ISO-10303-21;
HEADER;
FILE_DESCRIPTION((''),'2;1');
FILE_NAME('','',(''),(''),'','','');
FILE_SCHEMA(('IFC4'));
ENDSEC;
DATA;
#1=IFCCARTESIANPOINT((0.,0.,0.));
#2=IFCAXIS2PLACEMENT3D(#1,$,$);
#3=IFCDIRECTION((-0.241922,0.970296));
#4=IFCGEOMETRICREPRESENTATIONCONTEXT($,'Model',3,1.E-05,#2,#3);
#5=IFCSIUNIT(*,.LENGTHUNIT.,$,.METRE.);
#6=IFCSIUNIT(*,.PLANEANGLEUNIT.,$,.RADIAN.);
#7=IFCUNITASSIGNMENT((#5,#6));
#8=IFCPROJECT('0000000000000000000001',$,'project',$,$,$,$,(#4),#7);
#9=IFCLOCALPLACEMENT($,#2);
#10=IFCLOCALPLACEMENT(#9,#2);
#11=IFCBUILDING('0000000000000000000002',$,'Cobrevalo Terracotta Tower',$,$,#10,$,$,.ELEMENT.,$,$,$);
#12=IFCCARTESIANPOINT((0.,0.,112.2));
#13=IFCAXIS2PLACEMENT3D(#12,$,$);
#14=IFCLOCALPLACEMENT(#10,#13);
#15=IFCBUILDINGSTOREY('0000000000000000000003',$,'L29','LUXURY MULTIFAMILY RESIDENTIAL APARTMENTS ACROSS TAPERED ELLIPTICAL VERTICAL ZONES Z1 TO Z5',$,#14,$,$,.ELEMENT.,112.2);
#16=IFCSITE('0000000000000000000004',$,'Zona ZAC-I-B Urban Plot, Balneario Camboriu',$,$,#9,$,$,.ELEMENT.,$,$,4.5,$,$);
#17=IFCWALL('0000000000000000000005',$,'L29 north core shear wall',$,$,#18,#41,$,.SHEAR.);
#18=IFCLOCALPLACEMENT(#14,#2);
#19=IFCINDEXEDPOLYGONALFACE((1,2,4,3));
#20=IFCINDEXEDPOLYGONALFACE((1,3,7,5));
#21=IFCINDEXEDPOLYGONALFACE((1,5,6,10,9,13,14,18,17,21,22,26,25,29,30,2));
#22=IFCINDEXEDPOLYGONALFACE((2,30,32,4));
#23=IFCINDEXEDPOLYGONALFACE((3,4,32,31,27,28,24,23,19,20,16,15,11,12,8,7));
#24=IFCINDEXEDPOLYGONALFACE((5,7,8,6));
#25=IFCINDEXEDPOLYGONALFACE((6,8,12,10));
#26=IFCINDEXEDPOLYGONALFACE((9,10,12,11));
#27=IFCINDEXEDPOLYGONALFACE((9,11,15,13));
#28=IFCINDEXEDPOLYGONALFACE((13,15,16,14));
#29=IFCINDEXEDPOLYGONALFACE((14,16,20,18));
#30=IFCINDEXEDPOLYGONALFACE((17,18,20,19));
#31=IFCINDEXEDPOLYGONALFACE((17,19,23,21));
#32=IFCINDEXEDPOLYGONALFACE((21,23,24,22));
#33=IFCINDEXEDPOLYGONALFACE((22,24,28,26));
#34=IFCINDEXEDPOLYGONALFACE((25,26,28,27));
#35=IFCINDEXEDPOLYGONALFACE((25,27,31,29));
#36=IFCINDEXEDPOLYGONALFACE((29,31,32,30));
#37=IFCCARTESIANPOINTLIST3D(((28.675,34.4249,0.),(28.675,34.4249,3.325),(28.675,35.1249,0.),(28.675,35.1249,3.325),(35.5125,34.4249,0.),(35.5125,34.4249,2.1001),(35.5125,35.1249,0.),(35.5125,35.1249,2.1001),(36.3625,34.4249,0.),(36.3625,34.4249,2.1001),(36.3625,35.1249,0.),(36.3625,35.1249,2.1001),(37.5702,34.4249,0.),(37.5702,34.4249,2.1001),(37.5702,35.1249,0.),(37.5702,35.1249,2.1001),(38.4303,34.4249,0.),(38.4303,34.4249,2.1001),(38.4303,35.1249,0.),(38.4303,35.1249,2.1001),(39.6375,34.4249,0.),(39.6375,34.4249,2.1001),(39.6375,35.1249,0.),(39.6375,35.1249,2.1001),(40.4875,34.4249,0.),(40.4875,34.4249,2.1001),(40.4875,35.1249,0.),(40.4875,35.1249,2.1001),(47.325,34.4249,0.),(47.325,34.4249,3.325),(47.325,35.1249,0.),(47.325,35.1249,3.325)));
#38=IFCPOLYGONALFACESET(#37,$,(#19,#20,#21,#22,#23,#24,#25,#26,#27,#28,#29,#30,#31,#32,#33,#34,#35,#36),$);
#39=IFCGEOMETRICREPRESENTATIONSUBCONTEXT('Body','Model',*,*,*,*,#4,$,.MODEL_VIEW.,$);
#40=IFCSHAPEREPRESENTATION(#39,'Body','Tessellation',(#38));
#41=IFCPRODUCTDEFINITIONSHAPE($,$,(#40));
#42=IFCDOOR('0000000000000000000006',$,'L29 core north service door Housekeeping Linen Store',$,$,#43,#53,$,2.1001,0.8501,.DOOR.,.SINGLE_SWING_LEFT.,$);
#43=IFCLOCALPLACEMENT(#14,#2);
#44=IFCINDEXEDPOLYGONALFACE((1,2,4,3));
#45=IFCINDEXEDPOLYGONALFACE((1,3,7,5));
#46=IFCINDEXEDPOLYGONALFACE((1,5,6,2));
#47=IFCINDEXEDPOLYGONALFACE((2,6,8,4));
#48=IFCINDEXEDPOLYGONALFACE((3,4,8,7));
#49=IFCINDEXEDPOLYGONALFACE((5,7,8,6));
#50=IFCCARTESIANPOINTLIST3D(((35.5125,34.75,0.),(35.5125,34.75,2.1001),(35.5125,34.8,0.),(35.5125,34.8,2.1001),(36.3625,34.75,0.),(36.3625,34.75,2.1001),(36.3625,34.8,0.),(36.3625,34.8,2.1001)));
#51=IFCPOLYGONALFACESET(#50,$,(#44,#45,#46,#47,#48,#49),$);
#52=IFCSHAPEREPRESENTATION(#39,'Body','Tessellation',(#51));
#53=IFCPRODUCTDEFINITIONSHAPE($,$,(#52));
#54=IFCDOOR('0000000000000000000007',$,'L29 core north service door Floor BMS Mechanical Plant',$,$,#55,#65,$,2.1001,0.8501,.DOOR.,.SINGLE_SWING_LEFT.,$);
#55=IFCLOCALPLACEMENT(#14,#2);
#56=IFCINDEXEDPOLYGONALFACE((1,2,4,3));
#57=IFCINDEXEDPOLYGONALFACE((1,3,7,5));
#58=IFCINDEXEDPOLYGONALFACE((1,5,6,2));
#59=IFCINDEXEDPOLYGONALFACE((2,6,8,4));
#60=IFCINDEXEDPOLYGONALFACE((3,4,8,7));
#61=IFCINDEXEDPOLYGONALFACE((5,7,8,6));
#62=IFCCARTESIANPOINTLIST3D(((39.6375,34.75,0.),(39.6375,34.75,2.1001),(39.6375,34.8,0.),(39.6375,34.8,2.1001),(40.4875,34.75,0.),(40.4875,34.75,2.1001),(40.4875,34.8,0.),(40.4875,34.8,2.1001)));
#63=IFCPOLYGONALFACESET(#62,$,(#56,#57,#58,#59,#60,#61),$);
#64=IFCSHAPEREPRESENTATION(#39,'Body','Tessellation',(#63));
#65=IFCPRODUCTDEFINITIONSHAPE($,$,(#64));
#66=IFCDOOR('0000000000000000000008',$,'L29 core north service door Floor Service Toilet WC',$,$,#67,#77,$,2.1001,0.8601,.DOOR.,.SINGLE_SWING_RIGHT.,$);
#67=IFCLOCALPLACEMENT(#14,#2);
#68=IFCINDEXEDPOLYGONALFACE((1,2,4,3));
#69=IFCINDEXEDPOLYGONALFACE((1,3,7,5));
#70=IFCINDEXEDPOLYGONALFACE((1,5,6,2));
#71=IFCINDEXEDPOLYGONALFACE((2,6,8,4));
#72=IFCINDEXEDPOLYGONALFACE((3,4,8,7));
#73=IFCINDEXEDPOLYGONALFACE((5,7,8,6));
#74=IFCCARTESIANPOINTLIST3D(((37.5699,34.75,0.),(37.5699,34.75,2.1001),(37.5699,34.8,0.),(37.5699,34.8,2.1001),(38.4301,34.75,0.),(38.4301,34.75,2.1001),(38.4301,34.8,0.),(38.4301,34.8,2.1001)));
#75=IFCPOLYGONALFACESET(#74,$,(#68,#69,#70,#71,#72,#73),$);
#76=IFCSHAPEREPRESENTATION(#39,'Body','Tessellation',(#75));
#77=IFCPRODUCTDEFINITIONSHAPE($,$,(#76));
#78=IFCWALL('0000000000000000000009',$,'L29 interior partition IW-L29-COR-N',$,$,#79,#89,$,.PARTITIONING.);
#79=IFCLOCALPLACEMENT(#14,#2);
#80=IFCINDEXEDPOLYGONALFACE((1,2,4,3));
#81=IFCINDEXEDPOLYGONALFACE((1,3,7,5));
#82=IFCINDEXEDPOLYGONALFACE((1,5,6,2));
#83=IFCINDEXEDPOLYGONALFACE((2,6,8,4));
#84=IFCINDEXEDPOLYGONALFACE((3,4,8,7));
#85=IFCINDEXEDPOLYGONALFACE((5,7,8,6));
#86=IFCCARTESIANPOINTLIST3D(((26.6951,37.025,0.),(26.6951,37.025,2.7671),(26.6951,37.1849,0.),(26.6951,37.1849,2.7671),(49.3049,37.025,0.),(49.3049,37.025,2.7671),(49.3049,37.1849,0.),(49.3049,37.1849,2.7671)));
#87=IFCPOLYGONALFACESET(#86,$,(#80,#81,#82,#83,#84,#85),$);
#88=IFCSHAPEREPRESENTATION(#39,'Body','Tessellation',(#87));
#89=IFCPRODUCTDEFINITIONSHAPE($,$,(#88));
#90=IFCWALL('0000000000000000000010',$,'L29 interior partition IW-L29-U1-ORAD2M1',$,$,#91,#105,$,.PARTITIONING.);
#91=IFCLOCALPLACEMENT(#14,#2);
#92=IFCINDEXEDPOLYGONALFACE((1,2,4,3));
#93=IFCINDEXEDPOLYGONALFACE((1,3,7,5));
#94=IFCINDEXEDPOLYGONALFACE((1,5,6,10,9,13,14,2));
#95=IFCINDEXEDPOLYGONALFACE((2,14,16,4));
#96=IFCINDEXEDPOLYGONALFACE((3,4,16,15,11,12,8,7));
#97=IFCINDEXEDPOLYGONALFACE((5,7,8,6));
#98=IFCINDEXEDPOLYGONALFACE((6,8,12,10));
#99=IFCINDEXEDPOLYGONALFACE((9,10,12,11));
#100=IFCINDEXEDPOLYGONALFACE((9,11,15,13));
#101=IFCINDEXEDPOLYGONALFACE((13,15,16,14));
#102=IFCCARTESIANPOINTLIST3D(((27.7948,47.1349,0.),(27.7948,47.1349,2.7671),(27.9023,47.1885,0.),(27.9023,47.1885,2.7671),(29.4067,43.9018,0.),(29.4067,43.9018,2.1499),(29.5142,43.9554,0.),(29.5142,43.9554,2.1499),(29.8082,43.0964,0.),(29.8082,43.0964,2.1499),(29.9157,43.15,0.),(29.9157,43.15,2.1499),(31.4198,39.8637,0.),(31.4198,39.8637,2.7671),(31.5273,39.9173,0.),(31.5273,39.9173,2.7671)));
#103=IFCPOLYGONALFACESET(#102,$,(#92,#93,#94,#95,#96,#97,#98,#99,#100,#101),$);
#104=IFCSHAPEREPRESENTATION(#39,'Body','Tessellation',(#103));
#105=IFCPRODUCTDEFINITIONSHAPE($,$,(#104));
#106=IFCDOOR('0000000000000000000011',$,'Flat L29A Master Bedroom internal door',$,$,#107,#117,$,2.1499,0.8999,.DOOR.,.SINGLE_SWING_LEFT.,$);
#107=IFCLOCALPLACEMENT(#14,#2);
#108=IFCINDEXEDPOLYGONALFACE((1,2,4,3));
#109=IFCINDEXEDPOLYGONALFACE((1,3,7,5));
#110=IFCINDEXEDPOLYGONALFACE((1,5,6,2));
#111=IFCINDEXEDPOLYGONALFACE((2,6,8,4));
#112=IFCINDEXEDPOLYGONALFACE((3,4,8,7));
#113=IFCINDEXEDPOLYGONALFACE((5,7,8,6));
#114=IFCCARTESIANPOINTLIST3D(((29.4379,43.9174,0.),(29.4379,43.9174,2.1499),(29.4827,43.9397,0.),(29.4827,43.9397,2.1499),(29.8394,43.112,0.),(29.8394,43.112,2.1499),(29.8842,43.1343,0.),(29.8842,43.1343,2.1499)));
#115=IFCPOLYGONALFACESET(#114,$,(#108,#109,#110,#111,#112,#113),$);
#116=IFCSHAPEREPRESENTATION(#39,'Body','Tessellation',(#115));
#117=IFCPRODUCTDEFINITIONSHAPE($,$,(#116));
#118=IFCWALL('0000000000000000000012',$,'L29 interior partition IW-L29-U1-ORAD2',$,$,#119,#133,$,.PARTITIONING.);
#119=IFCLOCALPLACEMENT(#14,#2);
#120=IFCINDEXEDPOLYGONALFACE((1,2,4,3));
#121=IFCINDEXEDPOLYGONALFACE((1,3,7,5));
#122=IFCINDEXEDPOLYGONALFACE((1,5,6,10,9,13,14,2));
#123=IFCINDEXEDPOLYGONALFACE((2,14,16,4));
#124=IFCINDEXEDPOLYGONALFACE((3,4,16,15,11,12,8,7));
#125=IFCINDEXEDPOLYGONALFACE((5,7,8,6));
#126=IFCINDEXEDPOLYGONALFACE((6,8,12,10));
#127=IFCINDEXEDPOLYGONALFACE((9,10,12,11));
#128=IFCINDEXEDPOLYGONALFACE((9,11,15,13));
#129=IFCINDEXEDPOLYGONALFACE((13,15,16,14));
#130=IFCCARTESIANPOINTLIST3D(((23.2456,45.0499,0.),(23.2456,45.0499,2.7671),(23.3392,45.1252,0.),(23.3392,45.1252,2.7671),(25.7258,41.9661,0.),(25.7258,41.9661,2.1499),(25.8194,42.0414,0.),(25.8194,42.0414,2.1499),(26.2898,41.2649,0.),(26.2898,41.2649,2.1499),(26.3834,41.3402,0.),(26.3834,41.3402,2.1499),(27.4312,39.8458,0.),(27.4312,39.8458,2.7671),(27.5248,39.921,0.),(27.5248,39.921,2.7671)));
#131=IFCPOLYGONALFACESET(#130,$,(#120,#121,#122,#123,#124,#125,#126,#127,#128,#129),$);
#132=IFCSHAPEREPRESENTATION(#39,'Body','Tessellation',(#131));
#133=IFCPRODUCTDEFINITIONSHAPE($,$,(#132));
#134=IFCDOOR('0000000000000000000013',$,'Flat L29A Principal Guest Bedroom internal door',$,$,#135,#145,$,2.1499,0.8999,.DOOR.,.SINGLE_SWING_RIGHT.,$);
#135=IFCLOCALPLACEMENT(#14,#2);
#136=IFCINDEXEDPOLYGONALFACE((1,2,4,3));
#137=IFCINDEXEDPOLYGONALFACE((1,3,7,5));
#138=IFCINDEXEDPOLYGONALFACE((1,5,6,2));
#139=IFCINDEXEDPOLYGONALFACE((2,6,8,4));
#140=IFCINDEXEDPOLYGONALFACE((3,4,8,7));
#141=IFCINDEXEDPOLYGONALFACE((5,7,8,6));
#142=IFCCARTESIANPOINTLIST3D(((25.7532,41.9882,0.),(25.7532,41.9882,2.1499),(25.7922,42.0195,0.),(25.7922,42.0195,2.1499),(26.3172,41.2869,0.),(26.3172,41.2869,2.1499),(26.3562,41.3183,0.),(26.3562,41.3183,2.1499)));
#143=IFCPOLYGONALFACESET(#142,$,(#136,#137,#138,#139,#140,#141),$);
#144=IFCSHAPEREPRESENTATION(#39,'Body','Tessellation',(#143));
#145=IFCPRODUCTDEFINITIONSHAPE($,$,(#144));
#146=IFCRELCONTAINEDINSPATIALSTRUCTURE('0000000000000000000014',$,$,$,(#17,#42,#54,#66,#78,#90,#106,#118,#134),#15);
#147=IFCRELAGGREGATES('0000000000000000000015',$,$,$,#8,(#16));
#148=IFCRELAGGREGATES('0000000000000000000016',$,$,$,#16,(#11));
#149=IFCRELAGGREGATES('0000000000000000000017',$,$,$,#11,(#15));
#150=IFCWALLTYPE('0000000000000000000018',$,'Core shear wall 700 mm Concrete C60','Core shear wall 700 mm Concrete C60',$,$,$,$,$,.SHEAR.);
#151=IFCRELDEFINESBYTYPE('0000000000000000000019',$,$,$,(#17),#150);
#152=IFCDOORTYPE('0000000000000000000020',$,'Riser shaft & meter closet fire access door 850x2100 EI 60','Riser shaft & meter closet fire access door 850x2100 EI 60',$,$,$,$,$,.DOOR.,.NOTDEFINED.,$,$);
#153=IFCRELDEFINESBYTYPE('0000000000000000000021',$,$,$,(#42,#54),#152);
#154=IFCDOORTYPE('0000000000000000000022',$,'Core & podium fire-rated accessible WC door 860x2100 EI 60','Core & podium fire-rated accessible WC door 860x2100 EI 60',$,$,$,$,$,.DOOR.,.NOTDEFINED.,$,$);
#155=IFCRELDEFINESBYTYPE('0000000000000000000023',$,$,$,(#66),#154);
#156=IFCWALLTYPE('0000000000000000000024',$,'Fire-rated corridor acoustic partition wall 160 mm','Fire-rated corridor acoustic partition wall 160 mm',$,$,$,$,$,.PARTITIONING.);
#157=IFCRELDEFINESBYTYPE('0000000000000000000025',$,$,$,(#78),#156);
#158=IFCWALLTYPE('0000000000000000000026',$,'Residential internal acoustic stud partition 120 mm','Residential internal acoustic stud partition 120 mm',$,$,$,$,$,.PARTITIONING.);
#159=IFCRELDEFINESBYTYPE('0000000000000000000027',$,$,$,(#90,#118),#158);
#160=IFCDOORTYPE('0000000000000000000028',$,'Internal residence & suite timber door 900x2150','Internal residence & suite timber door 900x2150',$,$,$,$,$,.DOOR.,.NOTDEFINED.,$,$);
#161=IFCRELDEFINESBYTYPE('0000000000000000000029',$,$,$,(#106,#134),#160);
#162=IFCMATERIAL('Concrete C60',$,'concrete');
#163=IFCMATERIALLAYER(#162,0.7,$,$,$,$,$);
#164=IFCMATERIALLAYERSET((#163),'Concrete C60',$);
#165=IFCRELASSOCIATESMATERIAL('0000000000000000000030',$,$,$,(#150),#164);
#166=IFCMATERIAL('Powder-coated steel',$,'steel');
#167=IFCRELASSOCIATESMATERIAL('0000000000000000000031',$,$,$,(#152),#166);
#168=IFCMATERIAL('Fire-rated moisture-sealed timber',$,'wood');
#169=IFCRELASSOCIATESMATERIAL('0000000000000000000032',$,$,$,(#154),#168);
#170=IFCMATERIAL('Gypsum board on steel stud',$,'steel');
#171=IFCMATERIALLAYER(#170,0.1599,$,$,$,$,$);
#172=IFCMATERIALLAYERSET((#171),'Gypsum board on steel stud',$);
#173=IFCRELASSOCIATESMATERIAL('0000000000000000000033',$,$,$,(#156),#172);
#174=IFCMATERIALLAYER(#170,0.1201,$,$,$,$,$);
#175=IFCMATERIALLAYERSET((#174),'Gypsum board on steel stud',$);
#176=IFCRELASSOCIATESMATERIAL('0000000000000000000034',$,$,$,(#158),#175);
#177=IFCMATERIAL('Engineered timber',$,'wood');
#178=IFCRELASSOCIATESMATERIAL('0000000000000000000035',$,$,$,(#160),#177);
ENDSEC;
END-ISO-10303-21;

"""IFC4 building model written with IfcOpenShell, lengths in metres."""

from ifc_helpers import new_model, si_unit, direction, frame, frame_2d, origin, place, context, subcontext, project, spatial, rectangle, extrude, source, transform, mapped, material, layer, layer_set, type_object, element, fill, save


model = new_model("IFC4")

# Units and contexts
model_context = context("Model", 3, precision=1e-05, world=origin(), true_north=direction((-0.241922, 0.970296)))
body_context = subcontext(model_context, "Body", "Model", "MODEL_VIEW")
ifc_project = project(units=[si_unit("LENGTHUNIT", "METRE"), si_unit("PLANEANGLEUNIT", "RADIAN")], contexts=[model_context])

# Site, building, storey
site_placement = place(None, origin())
site = spatial("IfcSite", under=ifc_project, at=site_placement, Name="Zona ZAC-I-B Urban Plot, Balneario Camboriu", CompositionType="ELEMENT", RefElevation=4.5)
building_placement = place(site_placement, origin())
building = spatial("IfcBuilding", under=site, at=building_placement, Name="Cobrevalo Terracotta Tower", CompositionType="ELEMENT")
storey_placement = place(building_placement, frame((0.0, 0.0, 112.2)))
storey = spatial("IfcBuildingStorey", under=building, at=storey_placement, Name="L29", Description="LUXURY MULTIFAMILY RESIDENTIAL APARTMENTS ACROSS TAPERED ELLIPTICAL VERTICAL ZONES Z1 TO Z5", CompositionType="ELEMENT", Elevation=112.2)

# Wall, openings, doors
ifc_material_1 = material(Name="Concrete C60", Category="concrete")
ifc_layer_1 = layer(ifc_material_1, 0.7)
ifc_layer_set_1 = layer_set([ifc_layer_1], Name="Concrete C60")
wall_type_1 = type_object("IfcWallType", Name="Core shear wall 700 mm Concrete C60", Description="Core shear wall 700 mm Concrete C60", PredefinedType="SHEAR", material=ifc_layer_set_1)
wall_1_placement = place(storey_placement, frame((28.675, 34.7749, 0.0), z_axis=(0.0, 0.0, 1.0), x_axis=(1.0, 0.0, 0.0)))
wall_1 = element("IfcWall", 1, at=wall_1_placement, inside=storey, type_object=wall_type_1, Name="L29 north core shear wall", PredefinedType="SHEAR", context=body_context, shape_type="SweptSolid", body=[
    extrude(rectangle(XDim=18.6499, YDim=0.7, at=frame_2d((9.325, 0.0))), origin(), (0.0, 0.0, 1.0), 3.325),
])
opening_1_placement = place(wall_1_placement, frame((6.8374, 0.0, 0.0)))
opening_1 = element("IfcOpeningElement", 2, at=opening_1_placement, cuts=wall_1, PredefinedType="OPENING", context=body_context, shape_type="SweptSolid", body=[
    extrude(rectangle(XDim=0.8501, YDim=2.1001, at=frame_2d((0.425, 1.05))), frame((0.0, 0.3599, 0.0), z_axis=(0.0, -1.0, 0.0), x_axis=(1.0, 0.0, 0.0)), (0.0, 0.0, 1.0), 0.72),
])
opening_2_placement = place(wall_1_placement, frame((8.895, 0.0, 0.0)))
opening_2 = element("IfcOpeningElement", 3, at=opening_2_placement, cuts=wall_1, PredefinedType="OPENING", context=body_context, shape_type="SweptSolid", body=[
    extrude(rectangle(XDim=0.8601, YDim=2.1001, at=frame_2d((0.4302, 1.05))), frame((0.0, 0.3599, 0.0), z_axis=(0.0, -1.0, 0.0), x_axis=(1.0, 0.0, 0.0)), (0.0, 0.0, 1.0), 0.72),
])
opening_3_placement = place(wall_1_placement, frame((10.9624, 0.0, 0.0)))
opening_3 = element("IfcOpeningElement", 4, at=opening_3_placement, cuts=wall_1, PredefinedType="OPENING", context=body_context, shape_type="SweptSolid", body=[
    extrude(rectangle(XDim=0.8501, YDim=2.1001, at=frame_2d((0.425, 1.05))), frame((0.0, 0.3599, 0.0), z_axis=(0.0, -1.0, 0.0), x_axis=(1.0, 0.0, 0.0)), (0.0, 0.0, 1.0), 0.72),
])
ifc_material_2 = material(Name="Powder-coated steel", Category="steel")
door_type_1 = type_object("IfcDoorType", Name="Riser shaft & meter closet fire access door 850x2100 EI 60", Description="Riser shaft & meter closet fire access door 850x2100 EI 60", OperationType="NOTDEFINED", PredefinedType="DOOR", material=ifc_material_2)
shared_shape_1 = source(origin(), body_context, "Body", "SweptSolid", [
    extrude(rectangle(XDim=0.8501, YDim=2.1001, at=frame_2d((0.425, 1.05))), frame((0.0, 0.0249, 0.0), z_axis=(0.0, -1.0, 0.0), x_axis=(1.0, 0.0, 0.0)), (0.0, 0.0, 1.0), 0.05),
])
door_1_placement = place(opening_1_placement, frame((0.8501, 0.0, 0.0), z_axis=(0.0, 0.0, 1.0), x_axis=(-1.0, 0.0, 0.0)))
door_1 = element("IfcDoor", 5, at=door_1_placement, inside=storey, type_object=door_type_1, Name="L29 core north service door Housekeeping Linen Store", OperationType="SINGLE_SWING_LEFT", OverallHeight=2.1001, OverallWidth=0.8501, PredefinedType="DOOR", context=body_context, shape_type="MappedRepresentation", body=[
    mapped(shared_shape_1, transform((0.0, 0.0, 0.0), scale=1.0)),
])
fill(opening_1, door_1)
door_2_placement = place(opening_3_placement, frame((0.8501, 0.0, 0.0), z_axis=(0.0, 0.0, 1.0), x_axis=(-1.0, 0.0, 0.0)))
door_2 = element("IfcDoor", 6, at=door_2_placement, inside=storey, type_object=door_type_1, Name="L29 core north service door Floor BMS Mechanical Plant", OperationType="SINGLE_SWING_LEFT", OverallHeight=2.1001, OverallWidth=0.8501, PredefinedType="DOOR", context=body_context, shape_type="MappedRepresentation", body=[
    mapped(shared_shape_1, transform((0.0, 0.0, 0.0), scale=1.0)),
])
fill(opening_3, door_2)
ifc_material_3 = material(Name="Fire-rated moisture-sealed timber", Category="wood")
door_type_2 = type_object("IfcDoorType", Name="Core & podium fire-rated accessible WC door 860x2100 EI 60", Description="Core & podium fire-rated accessible WC door 860x2100 EI 60", OperationType="NOTDEFINED", PredefinedType="DOOR", material=ifc_material_3)
shared_shape_2 = source(origin(), body_context, "Body", "SweptSolid", [
    extrude(rectangle(XDim=0.8601, YDim=2.1001, at=frame_2d((0.4302, 1.05))), frame((0.0, 0.0249, 0.0), z_axis=(0.0, -1.0, 0.0), x_axis=(1.0, 0.0, 0.0)), (0.0, 0.0, 1.0), 0.05),
])
door_3_placement = place(opening_2_placement, frame((0.8601, 0.0, 0.0), z_axis=(0.0, 0.0, 1.0), x_axis=(-1.0, 0.0, 0.0)))
door_3 = element("IfcDoor", 7, at=door_3_placement, inside=storey, type_object=door_type_2, Name="L29 core north service door Floor Service Toilet WC", OperationType="SINGLE_SWING_RIGHT", OverallHeight=2.1001, OverallWidth=0.8601, PredefinedType="DOOR", context=body_context, shape_type="MappedRepresentation", body=[
    mapped(shared_shape_2, transform((0.0, 0.0, 0.0), scale=1.0)),
])
fill(opening_2, door_3)

# Wall
ifc_material_4 = material(Name="Gypsum board on steel stud", Category="steel")
ifc_layer_2 = layer(ifc_material_4, 0.1599)
ifc_layer_set_2 = layer_set([ifc_layer_2], Name="Gypsum board on steel stud")
wall_type_2 = type_object("IfcWallType", Name="Fire-rated corridor acoustic partition wall 160 mm", Description="Fire-rated corridor acoustic partition wall 160 mm", PredefinedType="PARTITIONING", material=ifc_layer_set_2)
wall_2_placement = place(storey_placement, frame((26.6951, 37.105, 0.0), z_axis=(0.0, 0.0, 1.0), x_axis=(1.0, 0.0, 0.0)))
element("IfcWall", 8, at=wall_2_placement, inside=storey, type_object=wall_type_2, Name="L29 interior partition IW-L29-COR-N", PredefinedType="PARTITIONING", context=body_context, shape_type="SweptSolid", body=[
    extrude(rectangle(XDim=22.6099, YDim=0.1599, at=frame_2d((11.3049, 0.0))), origin(), (0.0, 0.0, 1.0), 2.7671),
])

# Walls, openings, doors
ifc_layer_3 = layer(ifc_material_4, 0.1201)
ifc_layer_set_3 = layer_set([ifc_layer_3], Name="Gypsum board on steel stud")
wall_type_3 = type_object("IfcWallType", Name="Residential internal acoustic stud partition 120 mm", Description="Residential internal acoustic stud partition 120 mm", PredefinedType="PARTITIONING", material=ifc_layer_set_3)
wall_3_placement = place(storey_placement, frame((31.4736, 39.8904, 0.0), z_axis=(0.0, 0.0, 1.0), x_axis=(-0.446168, 0.894949, 0.0)))
wall_3 = element("IfcWall", 9, at=wall_3_placement, inside=storey, type_object=wall_type_3, Name="L29 interior partition IW-L29-U1-ORAD2M1", PredefinedType="PARTITIONING", context=body_context, shape_type="SweptSolid", body=[
    extrude(rectangle(XDim=8.1248, YDim=0.1201, at=frame_2d((4.0625, 0.0))), origin(), (0.0, 0.0, 1.0), 2.7671),
])
opening_4_placement = place(wall_3_placement, frame((3.6123, 0.0, 0.0)))
opening_4 = element("IfcOpeningElement", 10, at=opening_4_placement, cuts=wall_3, PredefinedType="OPENING", context=body_context, shape_type="SweptSolid", body=[
    extrude(rectangle(XDim=0.8999, YDim=2.1499, at=frame_2d((0.45, 1.075))), frame((0.0, 0.0701, 0.0), z_axis=(0.0, -1.0, 0.0), x_axis=(1.0, 0.0, 0.0)), (0.0, 0.0, 1.0), 0.1401),
])
ifc_material_5 = material(Name="Engineered timber", Category="wood")
door_type_3 = type_object("IfcDoorType", Name="Internal residence & suite timber door 900x2150", Description="Internal residence & suite timber door 900x2150", OperationType="NOTDEFINED", PredefinedType="DOOR", material=ifc_material_5)
shared_shape_3 = source(origin(), body_context, "Body", "SweptSolid", [
    extrude(rectangle(XDim=0.8999, YDim=2.1499, at=frame_2d((0.45, 1.075))), frame((0.0, 0.0249, 0.0), z_axis=(0.0, -1.0, 0.0), x_axis=(1.0, 0.0, 0.0)), (0.0, 0.0, 1.0), 0.05),
])
door_4_placement = place(opening_4_placement, frame((0.8999, 0.0, 0.0), z_axis=(0.0, 0.0, 1.0), x_axis=(-1.0, 0.0, 0.0)))
door_4 = element("IfcDoor", 11, at=door_4_placement, inside=storey, type_object=door_type_3, Name="Flat L29A Master Bedroom internal door", OperationType="SINGLE_SWING_LEFT", OverallHeight=2.1499, OverallWidth=0.8999, PredefinedType="DOOR", context=body_context, shape_type="MappedRepresentation", body=[
    mapped(shared_shape_3, transform((0.0, 0.0, 0.0), scale=1.0)),
])
fill(opening_4, door_4)
wall_4_placement = place(storey_placement, frame((27.478, 39.8833, 0.0), z_axis=(0.0, 0.0, 1.0), x_axis=(-0.626726, 0.77924, 0.0)))
wall_4 = element("IfcWall", 12, at=wall_4_placement, inside=storey, type_object=wall_type_3, Name="L29 interior partition IW-L29-U1-ORAD2", PredefinedType="PARTITIONING", context=body_context, shape_type="SweptSolid", body=[
    extrude(rectangle(XDim=6.6785, YDim=0.1201, at=frame_2d((3.3394, 0.0))), origin(), (0.0, 0.0, 1.0), 2.7671),
])
opening_5_placement = place(wall_4_placement, frame((1.8213, 0.0, 0.0)))
opening_5 = element("IfcOpeningElement", 13, at=opening_5_placement, cuts=wall_4, PredefinedType="OPENING", context=body_context, shape_type="SweptSolid", body=[
    extrude(rectangle(XDim=0.8999, YDim=2.1499, at=frame_2d((0.45, 1.075))), frame((0.0, 0.0701, 0.0), z_axis=(0.0, -1.0, 0.0), x_axis=(1.0, 0.0, 0.0)), (0.0, 0.0, 1.0), 0.1401),
])
door_5_placement = place(opening_5_placement, origin())
door_5 = element("IfcDoor", 14, at=door_5_placement, inside=storey, type_object=door_type_3, Name="Flat L29A Principal Guest Bedroom internal door", OperationType="SINGLE_SWING_RIGHT", OverallHeight=2.1499, OverallWidth=0.8999, PredefinedType="DOOR", context=body_context, shape_type="MappedRepresentation", body=[
    mapped(shared_shape_3, transform((0.0, 0.0, 0.0), scale=1.0)),
])
fill(opening_5, door_5)

save(model, "model.ifc")
